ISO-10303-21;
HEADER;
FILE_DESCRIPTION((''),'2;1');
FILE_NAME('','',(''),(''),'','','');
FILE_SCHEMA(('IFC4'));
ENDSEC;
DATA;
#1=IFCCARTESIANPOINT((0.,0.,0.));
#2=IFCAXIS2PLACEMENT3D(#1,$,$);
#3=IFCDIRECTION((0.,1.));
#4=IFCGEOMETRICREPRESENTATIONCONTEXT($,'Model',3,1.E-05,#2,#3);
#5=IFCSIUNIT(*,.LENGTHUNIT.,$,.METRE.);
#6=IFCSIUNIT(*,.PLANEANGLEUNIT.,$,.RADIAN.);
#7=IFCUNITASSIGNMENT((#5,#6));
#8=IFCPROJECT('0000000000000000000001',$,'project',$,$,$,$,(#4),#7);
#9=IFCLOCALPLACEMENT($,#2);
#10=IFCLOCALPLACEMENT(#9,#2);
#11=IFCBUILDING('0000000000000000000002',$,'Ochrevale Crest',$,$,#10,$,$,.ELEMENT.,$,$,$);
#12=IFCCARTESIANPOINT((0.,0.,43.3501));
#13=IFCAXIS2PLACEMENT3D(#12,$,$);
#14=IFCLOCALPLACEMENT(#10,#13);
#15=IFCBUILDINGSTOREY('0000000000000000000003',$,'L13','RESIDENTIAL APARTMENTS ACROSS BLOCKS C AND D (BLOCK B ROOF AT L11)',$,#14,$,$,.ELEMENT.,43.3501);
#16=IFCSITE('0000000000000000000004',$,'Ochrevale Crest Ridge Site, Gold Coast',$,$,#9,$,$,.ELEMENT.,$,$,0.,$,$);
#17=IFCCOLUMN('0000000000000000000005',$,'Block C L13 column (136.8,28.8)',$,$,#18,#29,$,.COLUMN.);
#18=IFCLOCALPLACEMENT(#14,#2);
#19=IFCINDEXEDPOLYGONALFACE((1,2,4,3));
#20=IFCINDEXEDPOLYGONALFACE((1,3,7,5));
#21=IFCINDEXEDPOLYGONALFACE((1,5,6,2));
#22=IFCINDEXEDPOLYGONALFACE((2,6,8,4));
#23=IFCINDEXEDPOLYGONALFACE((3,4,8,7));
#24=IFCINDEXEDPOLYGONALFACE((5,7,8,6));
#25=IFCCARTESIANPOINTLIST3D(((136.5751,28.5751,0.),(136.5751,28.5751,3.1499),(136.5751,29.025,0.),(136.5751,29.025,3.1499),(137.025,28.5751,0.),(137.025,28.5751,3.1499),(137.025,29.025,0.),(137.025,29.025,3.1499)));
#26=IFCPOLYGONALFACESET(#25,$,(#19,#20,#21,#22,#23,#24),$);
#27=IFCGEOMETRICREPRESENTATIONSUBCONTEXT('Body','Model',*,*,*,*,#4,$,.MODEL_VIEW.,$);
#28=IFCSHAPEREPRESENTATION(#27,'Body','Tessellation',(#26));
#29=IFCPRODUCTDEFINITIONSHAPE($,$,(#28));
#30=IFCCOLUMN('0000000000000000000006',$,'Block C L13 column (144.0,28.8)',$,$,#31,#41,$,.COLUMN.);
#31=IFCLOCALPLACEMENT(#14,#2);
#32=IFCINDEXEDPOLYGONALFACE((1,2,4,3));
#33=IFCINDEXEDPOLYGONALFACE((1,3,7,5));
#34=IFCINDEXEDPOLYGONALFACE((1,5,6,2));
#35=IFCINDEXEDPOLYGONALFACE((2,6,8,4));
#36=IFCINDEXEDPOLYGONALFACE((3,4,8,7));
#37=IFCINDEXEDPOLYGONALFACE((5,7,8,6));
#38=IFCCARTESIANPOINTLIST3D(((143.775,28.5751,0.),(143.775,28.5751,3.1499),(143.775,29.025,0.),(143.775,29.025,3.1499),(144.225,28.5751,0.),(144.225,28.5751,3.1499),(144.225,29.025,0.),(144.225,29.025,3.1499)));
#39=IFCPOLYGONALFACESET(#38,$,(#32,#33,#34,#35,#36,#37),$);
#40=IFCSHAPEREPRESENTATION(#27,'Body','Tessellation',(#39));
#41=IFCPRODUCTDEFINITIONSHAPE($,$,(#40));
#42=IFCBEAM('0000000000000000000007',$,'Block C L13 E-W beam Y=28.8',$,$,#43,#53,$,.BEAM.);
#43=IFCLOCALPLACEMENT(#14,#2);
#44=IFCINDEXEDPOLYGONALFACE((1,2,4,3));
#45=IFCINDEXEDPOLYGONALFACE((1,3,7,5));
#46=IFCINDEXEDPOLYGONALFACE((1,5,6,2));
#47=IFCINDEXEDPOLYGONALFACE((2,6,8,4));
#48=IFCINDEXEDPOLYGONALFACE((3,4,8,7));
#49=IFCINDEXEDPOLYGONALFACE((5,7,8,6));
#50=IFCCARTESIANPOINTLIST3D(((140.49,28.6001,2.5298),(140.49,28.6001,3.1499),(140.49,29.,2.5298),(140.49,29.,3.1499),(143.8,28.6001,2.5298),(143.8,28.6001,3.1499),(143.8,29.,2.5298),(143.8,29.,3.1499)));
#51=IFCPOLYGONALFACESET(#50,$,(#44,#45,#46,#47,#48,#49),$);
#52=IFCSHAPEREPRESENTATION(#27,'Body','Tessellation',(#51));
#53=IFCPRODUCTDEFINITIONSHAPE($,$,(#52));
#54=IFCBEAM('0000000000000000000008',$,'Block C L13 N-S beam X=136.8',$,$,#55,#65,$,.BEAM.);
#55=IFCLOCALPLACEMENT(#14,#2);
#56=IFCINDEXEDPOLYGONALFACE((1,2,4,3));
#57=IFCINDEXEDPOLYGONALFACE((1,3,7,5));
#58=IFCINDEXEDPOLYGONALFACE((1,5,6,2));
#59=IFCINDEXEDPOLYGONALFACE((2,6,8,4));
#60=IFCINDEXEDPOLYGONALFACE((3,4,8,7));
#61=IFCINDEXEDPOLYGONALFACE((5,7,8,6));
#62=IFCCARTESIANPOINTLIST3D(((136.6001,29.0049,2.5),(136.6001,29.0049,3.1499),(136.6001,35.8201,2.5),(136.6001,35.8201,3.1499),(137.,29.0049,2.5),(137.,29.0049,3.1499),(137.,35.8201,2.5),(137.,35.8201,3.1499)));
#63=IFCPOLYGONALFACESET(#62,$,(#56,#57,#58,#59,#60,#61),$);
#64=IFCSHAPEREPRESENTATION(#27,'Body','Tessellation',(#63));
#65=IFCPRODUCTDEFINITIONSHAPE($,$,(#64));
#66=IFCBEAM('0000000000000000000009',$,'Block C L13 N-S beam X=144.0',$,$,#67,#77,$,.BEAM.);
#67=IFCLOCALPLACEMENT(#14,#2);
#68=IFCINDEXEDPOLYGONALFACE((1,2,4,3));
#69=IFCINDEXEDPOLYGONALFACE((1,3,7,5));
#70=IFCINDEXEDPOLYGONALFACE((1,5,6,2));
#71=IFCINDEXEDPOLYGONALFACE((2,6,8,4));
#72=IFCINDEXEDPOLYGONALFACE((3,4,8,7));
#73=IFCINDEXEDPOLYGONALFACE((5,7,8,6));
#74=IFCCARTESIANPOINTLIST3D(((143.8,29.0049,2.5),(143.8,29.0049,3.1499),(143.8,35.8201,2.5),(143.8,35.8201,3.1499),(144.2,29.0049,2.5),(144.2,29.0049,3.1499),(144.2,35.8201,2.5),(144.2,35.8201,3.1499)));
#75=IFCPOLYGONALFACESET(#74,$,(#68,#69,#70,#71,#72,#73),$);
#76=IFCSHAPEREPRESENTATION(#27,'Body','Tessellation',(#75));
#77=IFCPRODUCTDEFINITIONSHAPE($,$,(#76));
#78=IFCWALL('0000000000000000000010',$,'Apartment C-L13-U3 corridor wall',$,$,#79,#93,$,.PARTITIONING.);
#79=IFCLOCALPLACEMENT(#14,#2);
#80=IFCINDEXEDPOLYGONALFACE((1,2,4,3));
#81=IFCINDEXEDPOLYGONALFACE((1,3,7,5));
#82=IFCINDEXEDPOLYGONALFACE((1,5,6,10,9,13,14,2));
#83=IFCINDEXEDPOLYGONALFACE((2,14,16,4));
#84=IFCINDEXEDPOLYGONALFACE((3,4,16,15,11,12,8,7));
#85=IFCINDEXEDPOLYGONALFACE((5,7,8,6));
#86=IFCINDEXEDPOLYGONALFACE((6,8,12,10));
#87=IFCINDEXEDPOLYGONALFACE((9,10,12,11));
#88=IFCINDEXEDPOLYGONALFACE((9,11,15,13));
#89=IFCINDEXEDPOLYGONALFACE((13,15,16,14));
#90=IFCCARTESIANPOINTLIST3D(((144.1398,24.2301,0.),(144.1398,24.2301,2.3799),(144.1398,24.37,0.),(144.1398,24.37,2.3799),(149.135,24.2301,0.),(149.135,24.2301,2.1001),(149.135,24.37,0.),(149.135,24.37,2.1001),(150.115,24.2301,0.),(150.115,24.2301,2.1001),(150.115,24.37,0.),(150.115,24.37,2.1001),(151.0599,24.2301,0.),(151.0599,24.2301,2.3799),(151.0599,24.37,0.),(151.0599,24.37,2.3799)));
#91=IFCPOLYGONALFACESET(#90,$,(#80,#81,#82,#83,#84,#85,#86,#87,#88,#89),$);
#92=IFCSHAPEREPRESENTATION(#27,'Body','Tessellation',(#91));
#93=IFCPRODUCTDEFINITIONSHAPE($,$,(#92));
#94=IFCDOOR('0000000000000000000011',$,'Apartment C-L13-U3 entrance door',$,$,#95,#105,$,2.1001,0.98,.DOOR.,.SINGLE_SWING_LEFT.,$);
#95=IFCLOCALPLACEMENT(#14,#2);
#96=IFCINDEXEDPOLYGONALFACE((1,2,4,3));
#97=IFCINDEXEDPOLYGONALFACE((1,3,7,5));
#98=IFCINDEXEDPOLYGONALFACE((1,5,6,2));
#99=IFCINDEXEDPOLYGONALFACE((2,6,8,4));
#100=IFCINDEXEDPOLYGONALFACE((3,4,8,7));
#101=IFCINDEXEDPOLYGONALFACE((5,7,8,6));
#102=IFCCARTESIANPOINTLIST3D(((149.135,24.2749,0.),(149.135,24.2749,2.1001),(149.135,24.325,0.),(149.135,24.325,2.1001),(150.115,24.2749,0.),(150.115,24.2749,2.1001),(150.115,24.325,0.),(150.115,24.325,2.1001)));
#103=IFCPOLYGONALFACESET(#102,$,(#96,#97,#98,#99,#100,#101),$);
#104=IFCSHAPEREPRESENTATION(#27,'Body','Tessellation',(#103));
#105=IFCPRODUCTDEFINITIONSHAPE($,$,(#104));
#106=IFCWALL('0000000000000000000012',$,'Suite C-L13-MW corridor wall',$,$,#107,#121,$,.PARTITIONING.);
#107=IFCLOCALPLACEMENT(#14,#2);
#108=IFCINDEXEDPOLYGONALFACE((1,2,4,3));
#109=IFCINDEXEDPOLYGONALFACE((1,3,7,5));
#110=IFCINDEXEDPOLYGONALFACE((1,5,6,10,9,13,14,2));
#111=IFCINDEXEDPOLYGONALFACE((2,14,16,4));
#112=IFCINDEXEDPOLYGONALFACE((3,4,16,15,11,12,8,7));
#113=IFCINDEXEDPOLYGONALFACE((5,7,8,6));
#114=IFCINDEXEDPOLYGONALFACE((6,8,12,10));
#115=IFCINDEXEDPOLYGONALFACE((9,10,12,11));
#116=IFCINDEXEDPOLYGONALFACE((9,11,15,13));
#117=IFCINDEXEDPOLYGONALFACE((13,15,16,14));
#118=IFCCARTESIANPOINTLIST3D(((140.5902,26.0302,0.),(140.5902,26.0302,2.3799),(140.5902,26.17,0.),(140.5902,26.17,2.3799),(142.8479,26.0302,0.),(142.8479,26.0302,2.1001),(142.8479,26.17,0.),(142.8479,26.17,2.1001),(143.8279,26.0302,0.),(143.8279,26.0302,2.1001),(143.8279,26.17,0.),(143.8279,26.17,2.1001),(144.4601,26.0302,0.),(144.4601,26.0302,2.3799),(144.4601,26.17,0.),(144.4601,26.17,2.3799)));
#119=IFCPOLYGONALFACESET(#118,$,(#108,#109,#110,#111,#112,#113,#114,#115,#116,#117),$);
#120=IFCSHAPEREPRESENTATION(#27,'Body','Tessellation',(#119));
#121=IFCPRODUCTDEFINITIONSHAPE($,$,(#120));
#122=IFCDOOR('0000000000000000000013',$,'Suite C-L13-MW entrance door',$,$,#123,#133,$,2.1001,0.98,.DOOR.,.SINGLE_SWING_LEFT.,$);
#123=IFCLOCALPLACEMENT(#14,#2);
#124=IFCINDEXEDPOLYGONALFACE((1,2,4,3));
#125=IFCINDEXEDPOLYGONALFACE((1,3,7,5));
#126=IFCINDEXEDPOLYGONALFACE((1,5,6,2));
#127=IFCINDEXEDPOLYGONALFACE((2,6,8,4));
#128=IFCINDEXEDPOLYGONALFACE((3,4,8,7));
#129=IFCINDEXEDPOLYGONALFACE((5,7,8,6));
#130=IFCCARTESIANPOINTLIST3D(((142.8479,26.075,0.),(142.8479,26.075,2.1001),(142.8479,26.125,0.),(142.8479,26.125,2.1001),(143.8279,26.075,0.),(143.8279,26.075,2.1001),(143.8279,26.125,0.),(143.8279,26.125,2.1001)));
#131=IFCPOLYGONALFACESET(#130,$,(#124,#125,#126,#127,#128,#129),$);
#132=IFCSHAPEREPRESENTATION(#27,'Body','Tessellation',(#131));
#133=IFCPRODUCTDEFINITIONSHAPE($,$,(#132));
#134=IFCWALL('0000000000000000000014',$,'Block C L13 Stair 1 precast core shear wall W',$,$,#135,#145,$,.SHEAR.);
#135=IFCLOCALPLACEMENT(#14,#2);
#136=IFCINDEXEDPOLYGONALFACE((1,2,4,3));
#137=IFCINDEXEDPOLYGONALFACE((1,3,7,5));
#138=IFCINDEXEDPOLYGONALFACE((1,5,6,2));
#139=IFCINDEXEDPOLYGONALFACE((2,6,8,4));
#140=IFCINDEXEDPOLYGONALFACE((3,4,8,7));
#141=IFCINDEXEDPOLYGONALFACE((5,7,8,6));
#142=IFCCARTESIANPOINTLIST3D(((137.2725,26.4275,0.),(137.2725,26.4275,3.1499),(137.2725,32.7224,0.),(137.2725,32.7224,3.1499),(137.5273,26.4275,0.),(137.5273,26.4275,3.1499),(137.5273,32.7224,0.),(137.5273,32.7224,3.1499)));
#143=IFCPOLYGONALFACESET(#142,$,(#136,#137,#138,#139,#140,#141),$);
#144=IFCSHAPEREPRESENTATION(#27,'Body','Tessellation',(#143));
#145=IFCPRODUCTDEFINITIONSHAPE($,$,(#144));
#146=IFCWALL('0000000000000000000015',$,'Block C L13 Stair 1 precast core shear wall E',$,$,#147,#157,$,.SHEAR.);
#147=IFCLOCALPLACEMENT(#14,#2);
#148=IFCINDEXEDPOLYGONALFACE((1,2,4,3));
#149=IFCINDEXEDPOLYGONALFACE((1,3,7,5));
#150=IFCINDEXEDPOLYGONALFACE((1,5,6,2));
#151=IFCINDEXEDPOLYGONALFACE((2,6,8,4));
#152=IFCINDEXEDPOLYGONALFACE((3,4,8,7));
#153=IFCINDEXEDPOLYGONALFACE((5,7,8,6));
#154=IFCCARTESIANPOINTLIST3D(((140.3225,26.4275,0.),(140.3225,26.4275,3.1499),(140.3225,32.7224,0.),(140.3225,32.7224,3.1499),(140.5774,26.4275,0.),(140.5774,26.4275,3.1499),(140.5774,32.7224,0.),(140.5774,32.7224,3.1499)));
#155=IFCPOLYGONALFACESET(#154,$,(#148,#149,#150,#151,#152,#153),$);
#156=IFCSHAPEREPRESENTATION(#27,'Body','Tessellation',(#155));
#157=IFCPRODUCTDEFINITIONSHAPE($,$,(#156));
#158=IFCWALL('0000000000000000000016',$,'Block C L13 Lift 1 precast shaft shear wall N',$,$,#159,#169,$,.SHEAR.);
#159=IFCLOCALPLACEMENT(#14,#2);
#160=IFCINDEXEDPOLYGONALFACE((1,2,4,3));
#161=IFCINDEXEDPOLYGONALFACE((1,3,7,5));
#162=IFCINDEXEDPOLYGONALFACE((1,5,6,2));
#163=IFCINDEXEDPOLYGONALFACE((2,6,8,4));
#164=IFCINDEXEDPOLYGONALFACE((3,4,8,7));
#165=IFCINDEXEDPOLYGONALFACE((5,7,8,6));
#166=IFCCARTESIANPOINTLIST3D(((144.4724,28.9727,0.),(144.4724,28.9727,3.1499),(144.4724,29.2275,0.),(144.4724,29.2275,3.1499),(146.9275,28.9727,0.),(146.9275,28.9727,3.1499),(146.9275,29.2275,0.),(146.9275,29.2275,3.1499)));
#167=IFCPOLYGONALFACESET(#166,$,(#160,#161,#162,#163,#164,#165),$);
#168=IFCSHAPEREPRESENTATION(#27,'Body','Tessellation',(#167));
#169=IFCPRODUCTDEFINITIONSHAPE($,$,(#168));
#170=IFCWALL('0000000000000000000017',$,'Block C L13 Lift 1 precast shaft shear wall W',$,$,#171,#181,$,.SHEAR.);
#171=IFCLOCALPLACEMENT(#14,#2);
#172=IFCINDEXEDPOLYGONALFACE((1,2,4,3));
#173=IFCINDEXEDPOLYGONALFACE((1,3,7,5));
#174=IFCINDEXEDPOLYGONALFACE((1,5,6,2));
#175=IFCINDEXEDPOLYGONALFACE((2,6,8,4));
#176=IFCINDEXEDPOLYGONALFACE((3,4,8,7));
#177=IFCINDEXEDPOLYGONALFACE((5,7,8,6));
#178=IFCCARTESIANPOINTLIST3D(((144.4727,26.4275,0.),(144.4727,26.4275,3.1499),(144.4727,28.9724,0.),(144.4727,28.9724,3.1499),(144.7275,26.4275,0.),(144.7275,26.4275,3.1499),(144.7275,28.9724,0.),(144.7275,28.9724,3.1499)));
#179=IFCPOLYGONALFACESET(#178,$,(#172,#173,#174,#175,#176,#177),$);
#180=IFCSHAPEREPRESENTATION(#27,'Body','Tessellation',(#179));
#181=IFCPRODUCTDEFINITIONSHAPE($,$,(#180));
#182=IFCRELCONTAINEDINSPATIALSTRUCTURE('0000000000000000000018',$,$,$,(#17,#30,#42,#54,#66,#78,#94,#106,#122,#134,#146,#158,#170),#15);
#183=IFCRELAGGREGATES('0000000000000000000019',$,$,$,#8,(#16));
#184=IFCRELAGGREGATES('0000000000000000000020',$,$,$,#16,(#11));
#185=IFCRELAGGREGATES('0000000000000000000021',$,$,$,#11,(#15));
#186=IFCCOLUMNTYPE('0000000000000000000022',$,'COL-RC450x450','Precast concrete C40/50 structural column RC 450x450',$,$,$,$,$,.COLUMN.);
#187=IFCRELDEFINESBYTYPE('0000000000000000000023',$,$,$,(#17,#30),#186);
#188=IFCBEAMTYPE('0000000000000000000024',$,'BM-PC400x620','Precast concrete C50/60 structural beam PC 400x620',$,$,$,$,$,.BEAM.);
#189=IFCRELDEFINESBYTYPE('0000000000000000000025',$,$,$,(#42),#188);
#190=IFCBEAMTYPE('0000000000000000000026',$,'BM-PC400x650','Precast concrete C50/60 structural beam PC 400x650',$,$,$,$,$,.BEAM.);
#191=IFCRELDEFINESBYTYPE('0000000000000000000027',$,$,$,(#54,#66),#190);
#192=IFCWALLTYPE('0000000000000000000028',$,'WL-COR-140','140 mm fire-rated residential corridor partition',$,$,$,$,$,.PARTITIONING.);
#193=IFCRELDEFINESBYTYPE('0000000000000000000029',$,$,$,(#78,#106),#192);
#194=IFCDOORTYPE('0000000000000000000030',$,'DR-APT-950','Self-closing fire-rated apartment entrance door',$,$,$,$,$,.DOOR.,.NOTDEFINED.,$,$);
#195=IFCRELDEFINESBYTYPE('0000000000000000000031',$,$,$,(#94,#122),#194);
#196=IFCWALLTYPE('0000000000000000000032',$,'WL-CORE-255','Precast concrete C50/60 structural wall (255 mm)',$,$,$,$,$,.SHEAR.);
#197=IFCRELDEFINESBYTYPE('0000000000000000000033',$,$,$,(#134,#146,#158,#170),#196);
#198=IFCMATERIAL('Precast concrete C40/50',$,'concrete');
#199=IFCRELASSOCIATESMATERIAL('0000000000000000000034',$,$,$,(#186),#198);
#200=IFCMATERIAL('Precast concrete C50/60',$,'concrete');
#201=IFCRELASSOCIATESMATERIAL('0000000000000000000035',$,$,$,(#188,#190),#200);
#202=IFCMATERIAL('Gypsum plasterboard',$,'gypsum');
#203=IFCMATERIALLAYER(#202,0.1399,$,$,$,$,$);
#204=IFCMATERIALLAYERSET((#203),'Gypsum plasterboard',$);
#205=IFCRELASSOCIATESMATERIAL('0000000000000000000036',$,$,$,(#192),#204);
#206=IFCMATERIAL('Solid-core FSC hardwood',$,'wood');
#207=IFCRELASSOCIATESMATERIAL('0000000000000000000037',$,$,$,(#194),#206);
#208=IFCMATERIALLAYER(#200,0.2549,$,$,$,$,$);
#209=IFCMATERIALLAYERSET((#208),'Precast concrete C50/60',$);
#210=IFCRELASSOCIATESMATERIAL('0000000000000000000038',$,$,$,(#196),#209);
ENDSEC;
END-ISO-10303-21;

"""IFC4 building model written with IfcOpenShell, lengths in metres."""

from ifc_helpers import new_model, si_unit, direction, frame, frame_2d, origin, origin_2d, place, context, subcontext, project, spatial, rectangle, extrude, material, layer, layer_set, material_profile, profile_set, type_object, element, fill, save


model = new_model("IFC4")

# Units and contexts
model_context = context("Model", 3, precision=1e-05, world=origin(), true_north=direction((0.0, 1.0)))
body_context = subcontext(model_context, "Body", "Model", "MODEL_VIEW")
ifc_project = project(units=[si_unit("LENGTHUNIT", "METRE"), si_unit("PLANEANGLEUNIT", "RADIAN")], contexts=[model_context])

# Site, building, storey
site_placement = place(None, origin())
site = spatial("IfcSite", under=ifc_project, at=site_placement, Name="Ochrevale Crest Ridge Site, Gold Coast", CompositionType="ELEMENT", RefElevation=0.0)
building_placement = place(site_placement, origin())
building = spatial("IfcBuilding", under=site, at=building_placement, Name="Ochrevale Crest", CompositionType="ELEMENT")
storey_placement = place(building_placement, frame((0.0, 0.0, 43.3501)))
storey = spatial("IfcBuildingStorey", under=building, at=storey_placement, Name="L13", Description="RESIDENTIAL APARTMENTS ACROSS BLOCKS C AND D (BLOCK B ROOF AT L11)", CompositionType="ELEMENT", Elevation=43.3501)

# Columns
ifc_material_1 = material(Name="Precast concrete C40/50", Category="concrete")
ifc_material_profile_1 = material_profile(ifc_material_1, rectangle(XDim=0.45, YDim=0.45, at=origin_2d()), Name="RC 450x450")
ifc_profile_set_1 = profile_set([ifc_material_profile_1], Name="Precast concrete C40/50")
column_type = type_object("IfcColumnType", Name="COL-RC450x450", Description="Precast concrete C40/50 structural column RC 450x450", PredefinedType="COLUMN", material=ifc_profile_set_1)
for number, where, z_axis, x_axis, name in (
    (1, (136.8, 28.8, 0.0), (0.0, 0.0, 1.0), (1.0, 0.0, 0.0), "Block C L13 column (136.8,28.8)"),
    (2, (144.0, 28.8, 0.0), (0.0, 0.0, 1.0), (1.0, 0.0, 0.0), "Block C L13 column (144.0,28.8)"),
):
    element("IfcColumn", number, at=place(storey_placement, frame(where, z_axis=z_axis, x_axis=x_axis)), inside=storey, type_object=column_type, Name=name, PredefinedType="COLUMN", context=body_context, shape_type="SweptSolid", body=[
        extrude(rectangle(XDim=0.45, YDim=0.45, at=origin_2d()), origin(), (0.0, 0.0, 1.0), 3.1499),
    ])

# Beams
ifc_material_2 = material(Name="Precast concrete C50/60", Category="concrete")
ifc_material_profile_2 = material_profile(ifc_material_2, rectangle(XDim=0.3999, YDim=0.6201, at=origin_2d()), Name="PC 400x620")
ifc_profile_set_2 = profile_set([ifc_material_profile_2], Name="Precast concrete C50/60")
beam_type_1 = type_object("IfcBeamType", Name="BM-PC400x620", Description="Precast concrete C50/60 structural beam PC 400x620", PredefinedType="BEAM", material=ifc_profile_set_2)
beam_placement = place(storey_placement, frame((140.49, 28.8, 2.8398), z_axis=(1.0, 0.0, 0.0), x_axis=(0.0, 1.0, 0.0)))
element("IfcBeam", 3, at=beam_placement, inside=storey, type_object=beam_type_1, Name="Block C L13 E-W beam Y=28.8", PredefinedType="BEAM", context=body_context, shape_type="SweptSolid", body=[
    extrude(rectangle(XDim=0.3999, YDim=0.6201, at=origin_2d()), origin(), (0.0, 0.0, 1.0), 3.3101),
])
ifc_material_profile_3 = material_profile(ifc_material_2, rectangle(XDim=0.3999, YDim=0.6499, at=origin_2d()), Name="PC 400x650")
ifc_profile_set_3 = profile_set([ifc_material_profile_3], Name="Precast concrete C50/60")
beam_type_2 = type_object("IfcBeamType", Name="BM-PC400x650", Description="Precast concrete C50/60 structural beam PC 400x650", PredefinedType="BEAM", material=ifc_profile_set_3)
for number, where, z_axis, x_axis, name in (
    (4, (136.8, 29.0049, 2.825), (0.0, 1.0, 0.0), (-1.0, 0.0, 0.0), "Block C L13 N-S beam X=136.8"),
    (5, (144.0, 29.0049, 2.825), (0.0, 1.0, 0.0), (-1.0, 0.0, 0.0), "Block C L13 N-S beam X=144.0"),
):
    element("IfcBeam", number, at=place(storey_placement, frame(where, z_axis=z_axis, x_axis=x_axis)), inside=storey, type_object=beam_type_2, Name=name, PredefinedType="BEAM", context=body_context, shape_type="SweptSolid", body=[
        extrude(rectangle(XDim=0.3999, YDim=0.6499, at=origin_2d()), origin(), (0.0, 0.0, 1.0), 6.8152),
    ])

# Walls, openings, doors
ifc_material_3 = material(Name="Gypsum plasterboard", Category="gypsum")
ifc_layer_1 = layer(ifc_material_3, 0.1399)
ifc_layer_set_1 = layer_set([ifc_layer_1], Name="Gypsum plasterboard")
wall_type_1 = type_object("IfcWallType", Name="WL-COR-140", Description="140 mm fire-rated residential corridor partition", PredefinedType="PARTITIONING", material=ifc_layer_set_1)
wall_1_placement = place(storey_placement, frame((144.1399, 24.3, 0.0), z_axis=(0.0, 0.0, 1.0), x_axis=(1.0, 0.0, 0.0)))
wall_1 = element("IfcWall", 6, at=wall_1_placement, inside=storey, type_object=wall_type_1, Name="Apartment C-L13-U3 corridor wall", PredefinedType="PARTITIONING", context=body_context, shape_type="SweptSolid", body=[
    extrude(rectangle(XDim=6.9202, YDim=0.1399, at=frame_2d((3.46, 0.0))), origin(), (0.0, 0.0, 1.0), 2.3799),
])
opening_1_placement = place(wall_1_placement, frame((4.9951, 0.0, 0.0)))
opening_1 = element("IfcOpeningElement", 7, at=opening_1_placement, cuts=wall_1, PredefinedType="OPENING", context=body_context, shape_type="SweptSolid", body=[
    extrude(rectangle(XDim=0.98, YDim=2.1001, at=frame_2d((0.49, 1.05))), frame((0.0, 0.0801, 0.0), z_axis=(0.0, -1.0, 0.0), x_axis=(1.0, 0.0, 0.0)), (0.0, 0.0, 1.0), 0.1599),
])
ifc_material_4 = material(Name="Solid-core FSC hardwood", Category="wood")
door_type_1 = type_object("IfcDoorType", Name="DR-APT-950", Description="Self-closing fire-rated apartment entrance door", OperationType="NOTDEFINED", PredefinedType="DOOR", material=ifc_material_4)
door_1_placement = place(opening_1_placement, origin())
door_1 = element("IfcDoor", 8, at=door_1_placement, inside=storey, type_object=door_type_1, Name="Apartment C-L13-U3 entrance door", OperationType="SINGLE_SWING_LEFT", OverallHeight=2.1001, OverallWidth=0.98, PredefinedType="DOOR", context=body_context, shape_type="SweptSolid", body=[
    extrude(rectangle(XDim=0.98, YDim=2.1001, at=frame_2d((0.49, 1.05))), frame((0.0, 0.0249, 0.0), z_axis=(0.0, -1.0, 0.0), x_axis=(1.0, 0.0, 0.0)), (0.0, 0.0, 1.0), 0.05),
])
fill(opening_1, door_1)
wall_2_placement = place(storey_placement, frame((140.5901, 26.1001, 0.0), z_axis=(0.0, 0.0, 1.0), x_axis=(1.0, 0.0, 0.0)))
wall_2 = element("IfcWall", 9, at=wall_2_placement, inside=storey, type_object=wall_type_1, Name="Suite C-L13-MW corridor wall", PredefinedType="PARTITIONING", context=body_context, shape_type="SweptSolid", body=[
    extrude(rectangle(XDim=3.8699, YDim=0.1399, at=frame_2d((1.9351, 0.0))), origin(), (0.0, 0.0, 1.0), 2.3799),
])
opening_2_placement = place(wall_2_placement, frame((2.2578, 0.0, 0.0)))
opening_2 = element("IfcOpeningElement", 10, at=opening_2_placement, cuts=wall_2, PredefinedType="OPENING", context=body_context, shape_type="SweptSolid", body=[
    extrude(rectangle(XDim=0.98, YDim=2.1001, at=frame_2d((0.49, 1.05))), frame((0.0, 0.0801, 0.0), z_axis=(0.0, -1.0, 0.0), x_axis=(1.0, 0.0, 0.0)), (0.0, 0.0, 1.0), 0.1599),
])
door_2_placement = place(opening_2_placement, origin())
door_2 = element("IfcDoor", 11, at=door_2_placement, inside=storey, type_object=door_type_1, Name="Suite C-L13-MW entrance door", OperationType="SINGLE_SWING_LEFT", OverallHeight=2.1001, OverallWidth=0.98, PredefinedType="DOOR", context=body_context, shape_type="SweptSolid", body=[
    extrude(rectangle(XDim=0.98, YDim=2.1001, at=frame_2d((0.49, 1.05))), frame((0.0, 0.0249, 0.0), z_axis=(0.0, -1.0, 0.0), x_axis=(1.0, 0.0, 0.0)), (0.0, 0.0, 1.0), 0.05),
])
fill(opening_2, door_2)
ifc_layer_2 = layer(ifc_material_2, 0.2549)
ifc_layer_set_2 = layer_set([ifc_layer_2], Name="Precast concrete C50/60")
wall_type_2 = type_object("IfcWallType", Name="WL-CORE-255", Description="Precast concrete C50/60 structural wall (255 mm)", PredefinedType="SHEAR", material=ifc_layer_set_2)

# Walls
for number, where, z_axis, x_axis, name in (
    (12, (137.3999, 26.4275, 0.0), (0.0, 0.0, 1.0), (0.0, 1.0, 0.0), "Block C L13 Stair 1 precast core shear wall W"),
    (13, (140.45, 26.4275, 0.0), (0.0, 0.0, 1.0), (0.0, 1.0, 0.0), "Block C L13 Stair 1 precast core shear wall E"),
):
    element("IfcWall", number, at=place(storey_placement, frame(where, z_axis=z_axis, x_axis=x_axis)), inside=storey, type_object=wall_type_2, Name=name, PredefinedType="SHEAR", context=body_context, shape_type="SweptSolid", body=[
        extrude(rectangle(XDim=6.2949, YDim=0.2549, at=frame_2d((3.1475, 0.0))), origin(), (0.0, 0.0, 1.0), 3.1499),
    ])

# Walls
wall_3_placement = place(storey_placement, frame((144.4724, 29.1001, 0.0), z_axis=(0.0, 0.0, 1.0), x_axis=(1.0, 0.0, 0.0)))
element("IfcWall", 14, at=wall_3_placement, inside=storey, type_object=wall_type_2, Name="Block C L13 Lift 1 precast shaft shear wall N", PredefinedType="SHEAR", context=body_context, shape_type="SweptSolid", body=[
    extrude(rectangle(XDim=2.4551, YDim=0.2549, at=frame_2d((1.2275, 0.0))), origin(), (0.0, 0.0, 1.0), 3.1499),
])
wall_4_placement = place(storey_placement, frame((144.6001, 26.4275, 0.0), z_axis=(0.0, 0.0, 1.0), x_axis=(0.0, 1.0, 0.0)))
element("IfcWall", 15, at=wall_4_placement, inside=storey, type_object=wall_type_2, Name="Block C L13 Lift 1 precast shaft shear wall W", PredefinedType="SHEAR", context=body_context, shape_type="SweptSolid", body=[
    extrude(rectangle(XDim=2.5449, YDim=0.2549, at=frame_2d((1.2725, 0.0))), origin(), (0.0, 0.0, 1.0), 3.1499),
])

save(model, "model.ifc")
